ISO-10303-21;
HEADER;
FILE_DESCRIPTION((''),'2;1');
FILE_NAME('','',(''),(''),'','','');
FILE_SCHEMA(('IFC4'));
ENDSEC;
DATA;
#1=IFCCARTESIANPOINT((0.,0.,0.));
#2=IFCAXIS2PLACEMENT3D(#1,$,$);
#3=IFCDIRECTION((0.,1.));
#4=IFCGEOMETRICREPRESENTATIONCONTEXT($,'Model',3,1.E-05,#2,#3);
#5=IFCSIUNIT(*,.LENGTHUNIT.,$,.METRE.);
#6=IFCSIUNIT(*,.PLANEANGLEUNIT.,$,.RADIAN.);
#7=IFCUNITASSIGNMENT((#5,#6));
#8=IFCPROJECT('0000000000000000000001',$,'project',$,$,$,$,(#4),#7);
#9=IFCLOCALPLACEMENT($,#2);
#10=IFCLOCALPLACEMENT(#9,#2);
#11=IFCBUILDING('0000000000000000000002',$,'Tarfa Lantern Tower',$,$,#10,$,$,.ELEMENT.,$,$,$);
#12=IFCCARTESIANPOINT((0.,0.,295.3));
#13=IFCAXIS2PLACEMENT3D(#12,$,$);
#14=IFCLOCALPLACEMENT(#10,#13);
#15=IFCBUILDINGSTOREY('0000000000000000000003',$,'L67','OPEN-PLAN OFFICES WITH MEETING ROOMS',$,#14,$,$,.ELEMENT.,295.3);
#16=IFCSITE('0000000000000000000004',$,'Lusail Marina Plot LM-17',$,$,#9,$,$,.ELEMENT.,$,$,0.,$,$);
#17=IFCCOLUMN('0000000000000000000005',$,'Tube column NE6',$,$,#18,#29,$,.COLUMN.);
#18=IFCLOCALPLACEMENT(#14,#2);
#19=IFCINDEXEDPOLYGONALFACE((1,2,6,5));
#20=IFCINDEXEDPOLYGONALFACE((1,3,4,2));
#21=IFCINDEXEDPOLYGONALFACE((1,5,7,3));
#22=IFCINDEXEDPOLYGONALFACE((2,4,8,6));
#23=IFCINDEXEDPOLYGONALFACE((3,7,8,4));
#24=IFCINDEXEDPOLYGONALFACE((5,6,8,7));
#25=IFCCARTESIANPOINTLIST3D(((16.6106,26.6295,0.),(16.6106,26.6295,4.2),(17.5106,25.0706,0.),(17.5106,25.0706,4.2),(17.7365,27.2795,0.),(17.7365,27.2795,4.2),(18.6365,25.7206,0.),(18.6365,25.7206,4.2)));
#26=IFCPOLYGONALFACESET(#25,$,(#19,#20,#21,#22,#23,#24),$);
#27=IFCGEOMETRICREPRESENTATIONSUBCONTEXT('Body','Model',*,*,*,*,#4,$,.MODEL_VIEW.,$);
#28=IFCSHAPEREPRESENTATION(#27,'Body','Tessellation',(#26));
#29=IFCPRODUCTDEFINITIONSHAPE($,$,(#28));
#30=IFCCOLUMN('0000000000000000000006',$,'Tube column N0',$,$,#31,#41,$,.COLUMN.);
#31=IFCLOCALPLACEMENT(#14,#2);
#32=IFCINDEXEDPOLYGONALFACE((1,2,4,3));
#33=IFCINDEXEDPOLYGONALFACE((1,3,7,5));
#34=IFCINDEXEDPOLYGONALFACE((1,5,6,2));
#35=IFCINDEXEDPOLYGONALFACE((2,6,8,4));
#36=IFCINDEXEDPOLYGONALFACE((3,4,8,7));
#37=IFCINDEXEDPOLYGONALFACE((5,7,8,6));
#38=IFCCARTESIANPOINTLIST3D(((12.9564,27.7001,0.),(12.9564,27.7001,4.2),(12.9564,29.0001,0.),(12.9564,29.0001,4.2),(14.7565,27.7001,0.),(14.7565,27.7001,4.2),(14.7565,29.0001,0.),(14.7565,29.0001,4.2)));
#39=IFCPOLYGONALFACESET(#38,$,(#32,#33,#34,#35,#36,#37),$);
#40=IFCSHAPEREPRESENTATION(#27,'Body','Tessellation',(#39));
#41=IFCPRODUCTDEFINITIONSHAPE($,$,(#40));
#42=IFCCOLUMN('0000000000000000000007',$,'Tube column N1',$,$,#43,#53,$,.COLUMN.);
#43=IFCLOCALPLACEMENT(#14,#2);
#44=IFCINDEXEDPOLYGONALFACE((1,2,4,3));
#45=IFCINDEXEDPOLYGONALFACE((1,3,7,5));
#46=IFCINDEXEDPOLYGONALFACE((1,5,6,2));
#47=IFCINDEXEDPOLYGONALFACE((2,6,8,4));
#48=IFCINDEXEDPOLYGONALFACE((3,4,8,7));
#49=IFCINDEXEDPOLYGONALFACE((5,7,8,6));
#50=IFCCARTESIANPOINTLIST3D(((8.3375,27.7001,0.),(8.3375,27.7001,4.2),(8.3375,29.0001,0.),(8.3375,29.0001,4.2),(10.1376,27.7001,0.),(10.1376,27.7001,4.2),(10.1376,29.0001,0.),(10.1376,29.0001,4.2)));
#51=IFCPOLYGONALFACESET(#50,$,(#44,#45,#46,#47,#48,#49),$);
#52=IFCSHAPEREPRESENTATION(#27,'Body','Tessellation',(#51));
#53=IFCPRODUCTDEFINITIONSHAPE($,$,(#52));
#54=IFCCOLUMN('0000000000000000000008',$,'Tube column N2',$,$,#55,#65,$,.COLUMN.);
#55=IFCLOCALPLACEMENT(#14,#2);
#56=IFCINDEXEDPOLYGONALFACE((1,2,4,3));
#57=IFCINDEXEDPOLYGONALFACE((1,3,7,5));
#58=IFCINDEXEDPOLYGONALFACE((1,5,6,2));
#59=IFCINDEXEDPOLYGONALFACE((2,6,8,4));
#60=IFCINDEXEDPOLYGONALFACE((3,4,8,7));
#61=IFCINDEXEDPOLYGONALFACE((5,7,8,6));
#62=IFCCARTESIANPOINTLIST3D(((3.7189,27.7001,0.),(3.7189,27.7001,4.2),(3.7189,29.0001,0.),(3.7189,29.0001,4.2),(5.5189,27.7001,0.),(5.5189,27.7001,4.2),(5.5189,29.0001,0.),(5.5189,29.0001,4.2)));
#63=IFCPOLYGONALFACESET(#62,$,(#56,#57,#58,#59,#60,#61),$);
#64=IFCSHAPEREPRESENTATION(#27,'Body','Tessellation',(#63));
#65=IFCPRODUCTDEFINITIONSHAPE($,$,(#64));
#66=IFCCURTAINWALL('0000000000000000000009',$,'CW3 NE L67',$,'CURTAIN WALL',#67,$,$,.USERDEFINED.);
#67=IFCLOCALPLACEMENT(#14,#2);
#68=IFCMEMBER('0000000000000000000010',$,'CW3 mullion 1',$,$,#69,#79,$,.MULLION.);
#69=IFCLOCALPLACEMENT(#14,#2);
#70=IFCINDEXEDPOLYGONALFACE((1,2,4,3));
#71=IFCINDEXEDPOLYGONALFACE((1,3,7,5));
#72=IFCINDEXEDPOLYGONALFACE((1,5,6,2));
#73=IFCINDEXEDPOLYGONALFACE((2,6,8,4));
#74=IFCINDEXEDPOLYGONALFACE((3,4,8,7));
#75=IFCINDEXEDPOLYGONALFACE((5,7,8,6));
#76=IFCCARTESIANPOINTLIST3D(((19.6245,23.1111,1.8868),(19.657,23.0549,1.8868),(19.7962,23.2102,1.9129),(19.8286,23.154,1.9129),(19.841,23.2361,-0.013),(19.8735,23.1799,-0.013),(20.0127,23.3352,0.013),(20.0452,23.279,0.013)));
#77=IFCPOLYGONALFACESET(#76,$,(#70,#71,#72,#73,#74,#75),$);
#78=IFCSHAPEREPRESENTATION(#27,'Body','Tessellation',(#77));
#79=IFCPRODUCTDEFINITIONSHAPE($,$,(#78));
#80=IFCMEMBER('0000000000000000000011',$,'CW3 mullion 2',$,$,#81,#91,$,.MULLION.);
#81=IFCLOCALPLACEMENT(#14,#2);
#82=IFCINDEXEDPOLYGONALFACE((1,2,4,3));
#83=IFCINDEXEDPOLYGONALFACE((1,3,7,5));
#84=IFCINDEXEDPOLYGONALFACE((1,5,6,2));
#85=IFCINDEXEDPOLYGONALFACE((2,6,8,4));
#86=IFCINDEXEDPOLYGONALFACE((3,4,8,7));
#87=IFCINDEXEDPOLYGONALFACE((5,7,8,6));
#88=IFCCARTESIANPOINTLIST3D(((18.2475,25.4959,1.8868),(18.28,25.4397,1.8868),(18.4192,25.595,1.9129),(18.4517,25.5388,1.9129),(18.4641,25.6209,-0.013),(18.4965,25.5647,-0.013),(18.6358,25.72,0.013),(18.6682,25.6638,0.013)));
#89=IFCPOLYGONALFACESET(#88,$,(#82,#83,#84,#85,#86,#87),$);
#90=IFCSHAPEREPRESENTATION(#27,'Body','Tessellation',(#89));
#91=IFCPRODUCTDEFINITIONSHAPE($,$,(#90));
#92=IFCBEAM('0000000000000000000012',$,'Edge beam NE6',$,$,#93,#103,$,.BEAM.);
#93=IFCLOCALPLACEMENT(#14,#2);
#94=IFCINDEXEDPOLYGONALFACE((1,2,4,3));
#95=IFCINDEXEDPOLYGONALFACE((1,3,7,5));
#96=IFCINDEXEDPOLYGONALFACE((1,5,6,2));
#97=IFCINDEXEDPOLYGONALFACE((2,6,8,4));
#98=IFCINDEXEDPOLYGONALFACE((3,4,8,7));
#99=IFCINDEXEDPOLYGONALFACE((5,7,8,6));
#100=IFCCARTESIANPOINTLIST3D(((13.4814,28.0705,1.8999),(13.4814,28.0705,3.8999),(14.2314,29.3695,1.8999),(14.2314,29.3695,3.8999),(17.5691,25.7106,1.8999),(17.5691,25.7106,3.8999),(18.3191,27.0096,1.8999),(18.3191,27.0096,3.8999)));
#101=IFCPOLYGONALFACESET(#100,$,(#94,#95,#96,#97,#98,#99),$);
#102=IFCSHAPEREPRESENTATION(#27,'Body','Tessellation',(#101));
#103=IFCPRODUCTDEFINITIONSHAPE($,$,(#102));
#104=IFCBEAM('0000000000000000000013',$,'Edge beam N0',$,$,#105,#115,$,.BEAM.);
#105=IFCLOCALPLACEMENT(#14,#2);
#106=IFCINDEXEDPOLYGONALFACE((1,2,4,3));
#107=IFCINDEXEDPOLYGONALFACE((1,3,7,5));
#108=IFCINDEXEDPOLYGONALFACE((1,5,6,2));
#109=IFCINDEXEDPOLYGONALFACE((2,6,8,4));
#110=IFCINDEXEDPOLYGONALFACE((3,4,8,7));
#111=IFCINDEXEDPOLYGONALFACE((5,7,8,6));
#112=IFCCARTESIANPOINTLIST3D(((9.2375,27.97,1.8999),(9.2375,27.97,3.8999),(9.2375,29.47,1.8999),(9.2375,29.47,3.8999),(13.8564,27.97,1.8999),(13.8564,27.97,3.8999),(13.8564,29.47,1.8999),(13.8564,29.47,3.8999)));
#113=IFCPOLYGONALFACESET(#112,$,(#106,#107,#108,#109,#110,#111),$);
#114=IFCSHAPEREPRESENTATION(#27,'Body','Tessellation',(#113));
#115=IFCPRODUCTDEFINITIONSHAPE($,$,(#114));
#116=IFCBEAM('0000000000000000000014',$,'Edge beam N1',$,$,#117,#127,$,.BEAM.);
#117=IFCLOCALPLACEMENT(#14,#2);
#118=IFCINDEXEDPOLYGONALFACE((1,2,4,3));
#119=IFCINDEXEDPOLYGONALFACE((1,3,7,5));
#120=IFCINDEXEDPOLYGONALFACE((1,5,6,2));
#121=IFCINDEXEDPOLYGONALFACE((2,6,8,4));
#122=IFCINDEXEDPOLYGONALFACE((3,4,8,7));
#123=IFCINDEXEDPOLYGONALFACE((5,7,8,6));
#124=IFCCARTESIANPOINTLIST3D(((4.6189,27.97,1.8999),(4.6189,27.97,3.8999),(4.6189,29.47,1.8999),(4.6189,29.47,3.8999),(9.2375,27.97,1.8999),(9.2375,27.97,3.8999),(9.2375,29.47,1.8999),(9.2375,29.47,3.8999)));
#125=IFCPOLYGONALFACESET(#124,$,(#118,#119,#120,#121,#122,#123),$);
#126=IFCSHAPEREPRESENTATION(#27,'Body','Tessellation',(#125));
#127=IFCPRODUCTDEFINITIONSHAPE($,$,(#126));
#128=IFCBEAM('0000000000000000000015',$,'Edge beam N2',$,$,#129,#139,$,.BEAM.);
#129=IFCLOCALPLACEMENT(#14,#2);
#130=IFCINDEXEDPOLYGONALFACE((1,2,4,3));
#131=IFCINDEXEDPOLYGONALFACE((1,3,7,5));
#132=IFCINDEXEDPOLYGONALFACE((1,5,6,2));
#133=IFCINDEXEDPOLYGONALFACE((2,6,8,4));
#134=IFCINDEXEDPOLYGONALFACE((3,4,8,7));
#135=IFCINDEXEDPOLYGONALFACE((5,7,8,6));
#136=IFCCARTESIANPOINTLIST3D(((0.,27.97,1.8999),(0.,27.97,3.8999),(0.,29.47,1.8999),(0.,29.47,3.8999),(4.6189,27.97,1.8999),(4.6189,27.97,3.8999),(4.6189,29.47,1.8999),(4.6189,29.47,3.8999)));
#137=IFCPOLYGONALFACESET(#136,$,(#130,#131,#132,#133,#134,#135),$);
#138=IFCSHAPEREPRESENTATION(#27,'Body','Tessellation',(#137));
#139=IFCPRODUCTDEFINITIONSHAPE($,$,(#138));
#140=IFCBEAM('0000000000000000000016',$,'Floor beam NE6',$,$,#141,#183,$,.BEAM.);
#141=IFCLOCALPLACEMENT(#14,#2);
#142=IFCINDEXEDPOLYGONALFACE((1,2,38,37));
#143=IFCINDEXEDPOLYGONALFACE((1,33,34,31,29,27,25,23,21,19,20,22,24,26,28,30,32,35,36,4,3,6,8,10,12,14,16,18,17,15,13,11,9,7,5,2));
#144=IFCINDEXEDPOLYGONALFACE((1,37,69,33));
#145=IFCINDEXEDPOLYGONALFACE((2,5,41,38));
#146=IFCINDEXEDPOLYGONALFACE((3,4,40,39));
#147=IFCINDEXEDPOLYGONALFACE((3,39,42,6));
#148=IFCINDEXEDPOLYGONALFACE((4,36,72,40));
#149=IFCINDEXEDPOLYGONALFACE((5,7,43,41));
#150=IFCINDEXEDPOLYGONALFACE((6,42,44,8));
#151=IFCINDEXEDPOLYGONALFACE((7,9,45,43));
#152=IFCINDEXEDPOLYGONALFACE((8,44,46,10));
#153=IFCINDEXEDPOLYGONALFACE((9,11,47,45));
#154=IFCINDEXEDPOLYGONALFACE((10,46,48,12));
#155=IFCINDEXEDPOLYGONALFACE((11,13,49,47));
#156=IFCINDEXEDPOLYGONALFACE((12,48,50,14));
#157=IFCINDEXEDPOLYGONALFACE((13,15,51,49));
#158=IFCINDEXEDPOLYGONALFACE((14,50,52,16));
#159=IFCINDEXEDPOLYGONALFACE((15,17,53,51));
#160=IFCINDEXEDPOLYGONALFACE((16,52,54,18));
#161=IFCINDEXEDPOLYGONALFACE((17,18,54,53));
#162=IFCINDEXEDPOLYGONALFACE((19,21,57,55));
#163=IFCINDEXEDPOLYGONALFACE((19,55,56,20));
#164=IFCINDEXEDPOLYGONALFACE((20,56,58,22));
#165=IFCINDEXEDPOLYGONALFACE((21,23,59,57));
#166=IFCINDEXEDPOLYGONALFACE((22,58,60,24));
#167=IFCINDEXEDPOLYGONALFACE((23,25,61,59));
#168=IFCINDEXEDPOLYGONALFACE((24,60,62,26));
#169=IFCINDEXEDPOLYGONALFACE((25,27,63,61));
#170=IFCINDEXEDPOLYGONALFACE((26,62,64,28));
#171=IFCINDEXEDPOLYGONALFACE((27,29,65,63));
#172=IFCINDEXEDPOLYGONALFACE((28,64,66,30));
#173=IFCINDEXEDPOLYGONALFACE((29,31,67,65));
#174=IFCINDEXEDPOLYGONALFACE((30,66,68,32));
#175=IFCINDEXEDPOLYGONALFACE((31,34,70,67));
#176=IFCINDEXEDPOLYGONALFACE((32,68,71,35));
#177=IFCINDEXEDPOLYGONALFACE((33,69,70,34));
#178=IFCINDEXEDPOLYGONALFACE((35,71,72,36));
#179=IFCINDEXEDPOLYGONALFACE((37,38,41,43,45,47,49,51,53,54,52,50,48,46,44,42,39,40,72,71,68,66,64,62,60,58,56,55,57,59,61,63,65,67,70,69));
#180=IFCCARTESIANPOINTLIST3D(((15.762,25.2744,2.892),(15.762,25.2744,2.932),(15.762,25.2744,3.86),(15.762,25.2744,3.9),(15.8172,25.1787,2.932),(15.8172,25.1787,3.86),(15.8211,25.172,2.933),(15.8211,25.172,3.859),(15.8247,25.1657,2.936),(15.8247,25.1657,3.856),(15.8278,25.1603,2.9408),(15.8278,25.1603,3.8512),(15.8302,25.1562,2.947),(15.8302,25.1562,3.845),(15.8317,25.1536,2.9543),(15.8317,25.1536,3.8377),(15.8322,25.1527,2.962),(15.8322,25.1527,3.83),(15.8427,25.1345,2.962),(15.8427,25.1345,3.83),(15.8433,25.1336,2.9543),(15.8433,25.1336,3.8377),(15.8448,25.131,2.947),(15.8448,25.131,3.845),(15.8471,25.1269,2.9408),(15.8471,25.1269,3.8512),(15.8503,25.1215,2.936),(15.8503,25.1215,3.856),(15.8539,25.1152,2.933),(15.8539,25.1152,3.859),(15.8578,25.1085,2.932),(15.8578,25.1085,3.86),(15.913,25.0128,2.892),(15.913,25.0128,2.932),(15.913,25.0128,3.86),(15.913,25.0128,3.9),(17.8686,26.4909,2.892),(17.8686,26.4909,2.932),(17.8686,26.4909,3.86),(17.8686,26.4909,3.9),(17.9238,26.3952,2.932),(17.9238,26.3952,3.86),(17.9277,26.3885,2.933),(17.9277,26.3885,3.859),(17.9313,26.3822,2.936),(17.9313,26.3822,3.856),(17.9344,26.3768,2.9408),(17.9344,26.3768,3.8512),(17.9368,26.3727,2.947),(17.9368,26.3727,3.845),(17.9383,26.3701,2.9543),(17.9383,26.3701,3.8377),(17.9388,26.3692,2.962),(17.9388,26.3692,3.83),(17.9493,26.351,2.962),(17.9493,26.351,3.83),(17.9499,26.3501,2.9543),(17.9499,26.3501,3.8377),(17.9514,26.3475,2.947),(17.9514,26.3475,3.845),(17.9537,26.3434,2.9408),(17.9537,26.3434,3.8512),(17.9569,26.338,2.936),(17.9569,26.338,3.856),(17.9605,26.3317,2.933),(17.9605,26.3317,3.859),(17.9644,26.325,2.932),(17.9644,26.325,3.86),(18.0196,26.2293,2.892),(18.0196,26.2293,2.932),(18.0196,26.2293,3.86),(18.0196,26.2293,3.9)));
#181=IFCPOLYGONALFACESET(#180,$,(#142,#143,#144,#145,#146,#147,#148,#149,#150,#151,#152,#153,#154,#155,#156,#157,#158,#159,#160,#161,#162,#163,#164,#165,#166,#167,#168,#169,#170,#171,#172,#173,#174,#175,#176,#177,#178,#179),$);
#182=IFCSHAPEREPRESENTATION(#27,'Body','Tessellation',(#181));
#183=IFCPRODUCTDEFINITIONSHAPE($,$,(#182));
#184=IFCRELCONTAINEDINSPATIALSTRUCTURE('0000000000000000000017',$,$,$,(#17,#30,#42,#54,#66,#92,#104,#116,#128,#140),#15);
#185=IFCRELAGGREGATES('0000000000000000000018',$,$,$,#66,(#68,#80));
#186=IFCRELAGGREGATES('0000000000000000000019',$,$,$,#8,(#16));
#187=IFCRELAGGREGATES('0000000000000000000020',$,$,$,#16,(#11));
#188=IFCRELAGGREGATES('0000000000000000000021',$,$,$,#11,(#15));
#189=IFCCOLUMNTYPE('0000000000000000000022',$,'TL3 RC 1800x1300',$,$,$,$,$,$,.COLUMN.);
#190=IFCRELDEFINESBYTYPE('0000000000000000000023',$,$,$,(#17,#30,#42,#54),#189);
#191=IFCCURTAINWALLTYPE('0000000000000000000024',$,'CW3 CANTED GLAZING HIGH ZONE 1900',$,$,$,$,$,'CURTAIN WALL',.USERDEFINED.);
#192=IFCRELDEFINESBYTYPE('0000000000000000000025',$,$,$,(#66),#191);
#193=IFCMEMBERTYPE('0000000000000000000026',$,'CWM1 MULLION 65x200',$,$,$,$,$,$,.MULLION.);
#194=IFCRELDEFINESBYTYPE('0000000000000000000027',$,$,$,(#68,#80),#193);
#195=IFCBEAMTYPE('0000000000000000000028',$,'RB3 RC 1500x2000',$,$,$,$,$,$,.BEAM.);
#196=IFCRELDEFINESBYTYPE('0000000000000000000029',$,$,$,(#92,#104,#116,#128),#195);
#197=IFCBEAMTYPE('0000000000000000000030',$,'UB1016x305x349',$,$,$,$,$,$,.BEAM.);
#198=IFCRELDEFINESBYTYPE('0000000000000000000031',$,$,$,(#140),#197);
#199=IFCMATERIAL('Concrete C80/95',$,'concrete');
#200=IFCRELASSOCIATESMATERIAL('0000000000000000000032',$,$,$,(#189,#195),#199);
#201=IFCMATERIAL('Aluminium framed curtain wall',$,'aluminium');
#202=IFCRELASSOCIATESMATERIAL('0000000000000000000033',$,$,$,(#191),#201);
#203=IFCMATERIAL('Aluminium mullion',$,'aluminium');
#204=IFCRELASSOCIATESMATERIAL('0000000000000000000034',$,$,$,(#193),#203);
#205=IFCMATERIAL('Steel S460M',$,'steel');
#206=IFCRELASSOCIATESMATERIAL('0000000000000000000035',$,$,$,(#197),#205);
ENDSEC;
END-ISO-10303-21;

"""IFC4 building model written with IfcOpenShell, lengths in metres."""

from ifc_helpers import new_model, si_unit, direction, frame, origin, origin_2d, place, context, subcontext, project, spatial, rectangle, i_section, extrude, material, material_profile, profile_set, type_object, element, aggregate, save


model = new_model("IFC4")

# Units and contexts
model_context = context("Model", 3, precision=1e-05, world=origin(), true_north=direction((0.0, 1.0)))
body_context = subcontext(model_context, "Body", "Model", "MODEL_VIEW")
ifc_project = project(units=[si_unit("LENGTHUNIT", "METRE"), si_unit("PLANEANGLEUNIT", "RADIAN")], contexts=[model_context])

# Site, building, storey
site_placement = place(None, origin())
site = spatial("IfcSite", under=ifc_project, at=site_placement, Name="Lusail Marina Plot LM-17", CompositionType="ELEMENT", RefElevation=0.0)
building_placement = place(site_placement, origin())
building = spatial("IfcBuilding", under=site, at=building_placement, Name="Tarfa Lantern Tower", CompositionType="ELEMENT")
storey_placement = place(building_placement, frame((0.0, 0.0, 295.3)))
storey = spatial("IfcBuildingStorey", under=building, at=storey_placement, Name="L67", Description="OPEN-PLAN OFFICES WITH MEETING ROOMS", CompositionType="ELEMENT", Elevation=295.3)

# Columns
ifc_material_1 = material(Name="Concrete C80/95", Category="concrete")
ifc_material_profile_1 = material_profile(ifc_material_1, rectangle(XDim=1.8, YDim=1.3, at=origin_2d()), Name="RC 1800x1300")
ifc_profile_set_1 = profile_set([ifc_material_profile_1], Name="Concrete C80/95")
column_type = type_object("IfcColumnType", Name="TL3 RC 1800x1300", PredefinedType="COLUMN", material=ifc_profile_set_1)
for number, where, z_axis, x_axis, name in (
    (1, (17.6235, 26.175, 0.0), (0.0, 0.0, 1.0), (-0.5, 0.866025, 0.0), "Tube column NE6"),
    (2, (13.8564, 28.3501, 0.0), (0.0, 0.0, 1.0), (-1.0, 0.0, 0.0), "Tube column N0"),
    (3, (9.2375, 28.3501, 0.0), (0.0, 0.0, 1.0), (-1.0, 0.0, 0.0), "Tube column N1"),
    (4, (4.6189, 28.3501, 0.0), (0.0, 0.0, 1.0), (-1.0, 0.0, 0.0), "Tube column N2"),
):
    element("IfcColumn", number, at=place(storey_placement, frame(where, z_axis=z_axis, x_axis=x_axis)), inside=storey, type_object=column_type, Name=name, PredefinedType="COLUMN", context=body_context, shape_type="SweptSolid", body=[
        extrude(rectangle(XDim=1.8, YDim=1.3, at=origin_2d()), origin(), (0.0, 0.0, 1.0), 4.2),
    ])

# Curtain wall, members
ifc_material_2 = material(Name="Aluminium framed curtain wall", Category="aluminium")
curtain_wall_type = type_object("IfcCurtainWallType", Name="CW3 CANTED GLAZING HIGH ZONE 1900", ElementType="CURTAIN WALL", PredefinedType="USERDEFINED", material=ifc_material_2)
curtain_wall_placement = place(storey_placement, origin())
curtain_wall = element("IfcCurtainWall", 5, at=curtain_wall_placement, inside=storey, type_object=curtain_wall_type, Name="CW3 NE L67", ObjectType="CURTAIN WALL", PredefinedType="USERDEFINED")
ifc_material_3 = material(Name="Aluminium mullion", Category="aluminium")
ifc_material_profile_2 = material_profile(ifc_material_3, rectangle(XDim=0.0649, YDim=0.2, at=origin_2d()), Name="AL MULLION 65x200")
ifc_profile_set_2 = profile_set([ifc_material_profile_2], Name="Aluminium mullion")
member_type = type_object("IfcMemberType", Name="CWM1 MULLION 65x200", PredefinedType="MULLION", material=ifc_profile_set_2)
member_1_placement = place(storey_placement, frame((19.9431, 23.2576, 0.0), z_axis=(-0.113007, -0.06523, 0.991451), x_axis=(0.49992, -0.866072, 0.0)))
member_1 = element("IfcMember", 6, at=member_1_placement, type_object=member_type, Name="CW3 mullion 1", PredefinedType="MULLION", context=body_context, shape_type="SweptSolid", body=[
    extrude(rectangle(XDim=0.0649, YDim=0.2, at=origin_2d()), origin(), (0.0, 0.0, 1.0), 1.9163),
])
member_2_placement = place(storey_placement, frame((18.5662, 25.6423, 0.0), z_axis=(-0.113007, -0.06523, 0.991451), x_axis=(0.49992, -0.866072, 0.0)))
member_2 = element("IfcMember", 7, at=member_2_placement, type_object=member_type, Name="CW3 mullion 2", PredefinedType="MULLION", context=body_context, shape_type="SweptSolid", body=[
    extrude(rectangle(XDim=0.0649, YDim=0.2, at=origin_2d()), origin(), (0.0, 0.0, 1.0), 1.9163),
])

# Beams
ifc_material_profile_3 = material_profile(ifc_material_1, rectangle(XDim=1.5, YDim=2.0, at=origin_2d()), Name="RC 1500x2000")
ifc_profile_set_3 = profile_set([ifc_material_profile_3], Name="Concrete C80/95")
beam_type_1 = type_object("IfcBeamType", Name="RB3 RC 1500x2000", PredefinedType="BEAM", material=ifc_profile_set_3)
beam_1_placement = place(storey_placement, frame((17.9441, 26.3601, 2.8999), z_axis=(-0.866038, 0.499978, 0.0), x_axis=(-0.499978, -0.866038, 0.0)))
element("IfcBeam", 8, at=beam_1_placement, inside=storey, type_object=beam_type_1, Name="Edge beam NE6", PredefinedType="BEAM", context=body_context, shape_type="SweptSolid", body=[
    extrude(rectangle(XDim=1.5, YDim=2.0, at=origin_2d()), origin(), (0.0, 0.0, 1.0), 4.72),
])
beam_2_placement = place(storey_placement, frame((13.8564, 28.72, 2.8999), z_axis=(-1.0, 0.0, 0.0), x_axis=(0.0, -1.0, 0.0)))
element("IfcBeam", 9, at=beam_2_placement, inside=storey, type_object=beam_type_1, Name="Edge beam N0", PredefinedType="BEAM", context=body_context, shape_type="SweptSolid", body=[
    extrude(rectangle(XDim=1.5, YDim=2.0, at=origin_2d()), origin(), (0.0, 0.0, 1.0), 4.6189),
])
beam_3_placement = place(storey_placement, frame((9.2375, 28.72, 2.8999), z_axis=(-1.0, 0.0, 0.0), x_axis=(0.0, -1.0, 0.0)))
element("IfcBeam", 10, at=beam_3_placement, inside=storey, type_object=beam_type_1, Name="Edge beam N1", PredefinedType="BEAM", context=body_context, shape_type="SweptSolid", body=[
    extrude(rectangle(XDim=1.5, YDim=2.0, at=origin_2d()), origin(), (0.0, 0.0, 1.0), 4.6187),
])
beam_4_placement = place(storey_placement, frame((4.6189, 28.72, 2.8999), z_axis=(-1.0, 0.0, 0.0), x_axis=(0.0, -1.0, 0.0)))
element("IfcBeam", 11, at=beam_4_placement, inside=storey, type_object=beam_type_1, Name="Edge beam N2", PredefinedType="BEAM", context=body_context, shape_type="SweptSolid", body=[
    extrude(rectangle(XDim=1.5, YDim=2.0, at=origin_2d()), origin(), (0.0, 0.0, 1.0), 4.6189),
])
ifc_material_4 = material(Name="Steel S460M", Category="steel")
ifc_material_profile_4 = material_profile(ifc_material_4, i_section(OverallWidth=0.302, OverallDepth=1.0081, WebThickness=0.021, FlangeThickness=0.04, FilletRadius=0.03, at=origin_2d()), Name="UB1016x305x349")
ifc_profile_set_4 = profile_set([ifc_material_profile_4], Name="Steel S460M")
beam_type_2 = type_object("IfcBeamType", Name="UB1016x305x349", PredefinedType="BEAM", material=ifc_profile_set_4)
beam_5_placement = place(storey_placement, frame((17.9441, 26.3601, 3.396), z_axis=(-0.86598, -0.500079, 0.0), x_axis=(0.500079, -0.86598, 0.0)))
element("IfcBeam", 12, at=beam_5_placement, inside=storey, type_object=beam_type_2, Name="Floor beam NE6", PredefinedType="BEAM", context=body_context, shape_type="SweptSolid", body=[
    extrude(i_section(OverallWidth=0.302, OverallDepth=1.0081, WebThickness=0.021, FlangeThickness=0.04, FilletRadius=0.03, at=origin_2d()), origin(), (0.0, 0.0, 1.0), 2.4326),
])

aggregate(curtain_wall, [member_1, member_2])

save(model, "model.ifc")
